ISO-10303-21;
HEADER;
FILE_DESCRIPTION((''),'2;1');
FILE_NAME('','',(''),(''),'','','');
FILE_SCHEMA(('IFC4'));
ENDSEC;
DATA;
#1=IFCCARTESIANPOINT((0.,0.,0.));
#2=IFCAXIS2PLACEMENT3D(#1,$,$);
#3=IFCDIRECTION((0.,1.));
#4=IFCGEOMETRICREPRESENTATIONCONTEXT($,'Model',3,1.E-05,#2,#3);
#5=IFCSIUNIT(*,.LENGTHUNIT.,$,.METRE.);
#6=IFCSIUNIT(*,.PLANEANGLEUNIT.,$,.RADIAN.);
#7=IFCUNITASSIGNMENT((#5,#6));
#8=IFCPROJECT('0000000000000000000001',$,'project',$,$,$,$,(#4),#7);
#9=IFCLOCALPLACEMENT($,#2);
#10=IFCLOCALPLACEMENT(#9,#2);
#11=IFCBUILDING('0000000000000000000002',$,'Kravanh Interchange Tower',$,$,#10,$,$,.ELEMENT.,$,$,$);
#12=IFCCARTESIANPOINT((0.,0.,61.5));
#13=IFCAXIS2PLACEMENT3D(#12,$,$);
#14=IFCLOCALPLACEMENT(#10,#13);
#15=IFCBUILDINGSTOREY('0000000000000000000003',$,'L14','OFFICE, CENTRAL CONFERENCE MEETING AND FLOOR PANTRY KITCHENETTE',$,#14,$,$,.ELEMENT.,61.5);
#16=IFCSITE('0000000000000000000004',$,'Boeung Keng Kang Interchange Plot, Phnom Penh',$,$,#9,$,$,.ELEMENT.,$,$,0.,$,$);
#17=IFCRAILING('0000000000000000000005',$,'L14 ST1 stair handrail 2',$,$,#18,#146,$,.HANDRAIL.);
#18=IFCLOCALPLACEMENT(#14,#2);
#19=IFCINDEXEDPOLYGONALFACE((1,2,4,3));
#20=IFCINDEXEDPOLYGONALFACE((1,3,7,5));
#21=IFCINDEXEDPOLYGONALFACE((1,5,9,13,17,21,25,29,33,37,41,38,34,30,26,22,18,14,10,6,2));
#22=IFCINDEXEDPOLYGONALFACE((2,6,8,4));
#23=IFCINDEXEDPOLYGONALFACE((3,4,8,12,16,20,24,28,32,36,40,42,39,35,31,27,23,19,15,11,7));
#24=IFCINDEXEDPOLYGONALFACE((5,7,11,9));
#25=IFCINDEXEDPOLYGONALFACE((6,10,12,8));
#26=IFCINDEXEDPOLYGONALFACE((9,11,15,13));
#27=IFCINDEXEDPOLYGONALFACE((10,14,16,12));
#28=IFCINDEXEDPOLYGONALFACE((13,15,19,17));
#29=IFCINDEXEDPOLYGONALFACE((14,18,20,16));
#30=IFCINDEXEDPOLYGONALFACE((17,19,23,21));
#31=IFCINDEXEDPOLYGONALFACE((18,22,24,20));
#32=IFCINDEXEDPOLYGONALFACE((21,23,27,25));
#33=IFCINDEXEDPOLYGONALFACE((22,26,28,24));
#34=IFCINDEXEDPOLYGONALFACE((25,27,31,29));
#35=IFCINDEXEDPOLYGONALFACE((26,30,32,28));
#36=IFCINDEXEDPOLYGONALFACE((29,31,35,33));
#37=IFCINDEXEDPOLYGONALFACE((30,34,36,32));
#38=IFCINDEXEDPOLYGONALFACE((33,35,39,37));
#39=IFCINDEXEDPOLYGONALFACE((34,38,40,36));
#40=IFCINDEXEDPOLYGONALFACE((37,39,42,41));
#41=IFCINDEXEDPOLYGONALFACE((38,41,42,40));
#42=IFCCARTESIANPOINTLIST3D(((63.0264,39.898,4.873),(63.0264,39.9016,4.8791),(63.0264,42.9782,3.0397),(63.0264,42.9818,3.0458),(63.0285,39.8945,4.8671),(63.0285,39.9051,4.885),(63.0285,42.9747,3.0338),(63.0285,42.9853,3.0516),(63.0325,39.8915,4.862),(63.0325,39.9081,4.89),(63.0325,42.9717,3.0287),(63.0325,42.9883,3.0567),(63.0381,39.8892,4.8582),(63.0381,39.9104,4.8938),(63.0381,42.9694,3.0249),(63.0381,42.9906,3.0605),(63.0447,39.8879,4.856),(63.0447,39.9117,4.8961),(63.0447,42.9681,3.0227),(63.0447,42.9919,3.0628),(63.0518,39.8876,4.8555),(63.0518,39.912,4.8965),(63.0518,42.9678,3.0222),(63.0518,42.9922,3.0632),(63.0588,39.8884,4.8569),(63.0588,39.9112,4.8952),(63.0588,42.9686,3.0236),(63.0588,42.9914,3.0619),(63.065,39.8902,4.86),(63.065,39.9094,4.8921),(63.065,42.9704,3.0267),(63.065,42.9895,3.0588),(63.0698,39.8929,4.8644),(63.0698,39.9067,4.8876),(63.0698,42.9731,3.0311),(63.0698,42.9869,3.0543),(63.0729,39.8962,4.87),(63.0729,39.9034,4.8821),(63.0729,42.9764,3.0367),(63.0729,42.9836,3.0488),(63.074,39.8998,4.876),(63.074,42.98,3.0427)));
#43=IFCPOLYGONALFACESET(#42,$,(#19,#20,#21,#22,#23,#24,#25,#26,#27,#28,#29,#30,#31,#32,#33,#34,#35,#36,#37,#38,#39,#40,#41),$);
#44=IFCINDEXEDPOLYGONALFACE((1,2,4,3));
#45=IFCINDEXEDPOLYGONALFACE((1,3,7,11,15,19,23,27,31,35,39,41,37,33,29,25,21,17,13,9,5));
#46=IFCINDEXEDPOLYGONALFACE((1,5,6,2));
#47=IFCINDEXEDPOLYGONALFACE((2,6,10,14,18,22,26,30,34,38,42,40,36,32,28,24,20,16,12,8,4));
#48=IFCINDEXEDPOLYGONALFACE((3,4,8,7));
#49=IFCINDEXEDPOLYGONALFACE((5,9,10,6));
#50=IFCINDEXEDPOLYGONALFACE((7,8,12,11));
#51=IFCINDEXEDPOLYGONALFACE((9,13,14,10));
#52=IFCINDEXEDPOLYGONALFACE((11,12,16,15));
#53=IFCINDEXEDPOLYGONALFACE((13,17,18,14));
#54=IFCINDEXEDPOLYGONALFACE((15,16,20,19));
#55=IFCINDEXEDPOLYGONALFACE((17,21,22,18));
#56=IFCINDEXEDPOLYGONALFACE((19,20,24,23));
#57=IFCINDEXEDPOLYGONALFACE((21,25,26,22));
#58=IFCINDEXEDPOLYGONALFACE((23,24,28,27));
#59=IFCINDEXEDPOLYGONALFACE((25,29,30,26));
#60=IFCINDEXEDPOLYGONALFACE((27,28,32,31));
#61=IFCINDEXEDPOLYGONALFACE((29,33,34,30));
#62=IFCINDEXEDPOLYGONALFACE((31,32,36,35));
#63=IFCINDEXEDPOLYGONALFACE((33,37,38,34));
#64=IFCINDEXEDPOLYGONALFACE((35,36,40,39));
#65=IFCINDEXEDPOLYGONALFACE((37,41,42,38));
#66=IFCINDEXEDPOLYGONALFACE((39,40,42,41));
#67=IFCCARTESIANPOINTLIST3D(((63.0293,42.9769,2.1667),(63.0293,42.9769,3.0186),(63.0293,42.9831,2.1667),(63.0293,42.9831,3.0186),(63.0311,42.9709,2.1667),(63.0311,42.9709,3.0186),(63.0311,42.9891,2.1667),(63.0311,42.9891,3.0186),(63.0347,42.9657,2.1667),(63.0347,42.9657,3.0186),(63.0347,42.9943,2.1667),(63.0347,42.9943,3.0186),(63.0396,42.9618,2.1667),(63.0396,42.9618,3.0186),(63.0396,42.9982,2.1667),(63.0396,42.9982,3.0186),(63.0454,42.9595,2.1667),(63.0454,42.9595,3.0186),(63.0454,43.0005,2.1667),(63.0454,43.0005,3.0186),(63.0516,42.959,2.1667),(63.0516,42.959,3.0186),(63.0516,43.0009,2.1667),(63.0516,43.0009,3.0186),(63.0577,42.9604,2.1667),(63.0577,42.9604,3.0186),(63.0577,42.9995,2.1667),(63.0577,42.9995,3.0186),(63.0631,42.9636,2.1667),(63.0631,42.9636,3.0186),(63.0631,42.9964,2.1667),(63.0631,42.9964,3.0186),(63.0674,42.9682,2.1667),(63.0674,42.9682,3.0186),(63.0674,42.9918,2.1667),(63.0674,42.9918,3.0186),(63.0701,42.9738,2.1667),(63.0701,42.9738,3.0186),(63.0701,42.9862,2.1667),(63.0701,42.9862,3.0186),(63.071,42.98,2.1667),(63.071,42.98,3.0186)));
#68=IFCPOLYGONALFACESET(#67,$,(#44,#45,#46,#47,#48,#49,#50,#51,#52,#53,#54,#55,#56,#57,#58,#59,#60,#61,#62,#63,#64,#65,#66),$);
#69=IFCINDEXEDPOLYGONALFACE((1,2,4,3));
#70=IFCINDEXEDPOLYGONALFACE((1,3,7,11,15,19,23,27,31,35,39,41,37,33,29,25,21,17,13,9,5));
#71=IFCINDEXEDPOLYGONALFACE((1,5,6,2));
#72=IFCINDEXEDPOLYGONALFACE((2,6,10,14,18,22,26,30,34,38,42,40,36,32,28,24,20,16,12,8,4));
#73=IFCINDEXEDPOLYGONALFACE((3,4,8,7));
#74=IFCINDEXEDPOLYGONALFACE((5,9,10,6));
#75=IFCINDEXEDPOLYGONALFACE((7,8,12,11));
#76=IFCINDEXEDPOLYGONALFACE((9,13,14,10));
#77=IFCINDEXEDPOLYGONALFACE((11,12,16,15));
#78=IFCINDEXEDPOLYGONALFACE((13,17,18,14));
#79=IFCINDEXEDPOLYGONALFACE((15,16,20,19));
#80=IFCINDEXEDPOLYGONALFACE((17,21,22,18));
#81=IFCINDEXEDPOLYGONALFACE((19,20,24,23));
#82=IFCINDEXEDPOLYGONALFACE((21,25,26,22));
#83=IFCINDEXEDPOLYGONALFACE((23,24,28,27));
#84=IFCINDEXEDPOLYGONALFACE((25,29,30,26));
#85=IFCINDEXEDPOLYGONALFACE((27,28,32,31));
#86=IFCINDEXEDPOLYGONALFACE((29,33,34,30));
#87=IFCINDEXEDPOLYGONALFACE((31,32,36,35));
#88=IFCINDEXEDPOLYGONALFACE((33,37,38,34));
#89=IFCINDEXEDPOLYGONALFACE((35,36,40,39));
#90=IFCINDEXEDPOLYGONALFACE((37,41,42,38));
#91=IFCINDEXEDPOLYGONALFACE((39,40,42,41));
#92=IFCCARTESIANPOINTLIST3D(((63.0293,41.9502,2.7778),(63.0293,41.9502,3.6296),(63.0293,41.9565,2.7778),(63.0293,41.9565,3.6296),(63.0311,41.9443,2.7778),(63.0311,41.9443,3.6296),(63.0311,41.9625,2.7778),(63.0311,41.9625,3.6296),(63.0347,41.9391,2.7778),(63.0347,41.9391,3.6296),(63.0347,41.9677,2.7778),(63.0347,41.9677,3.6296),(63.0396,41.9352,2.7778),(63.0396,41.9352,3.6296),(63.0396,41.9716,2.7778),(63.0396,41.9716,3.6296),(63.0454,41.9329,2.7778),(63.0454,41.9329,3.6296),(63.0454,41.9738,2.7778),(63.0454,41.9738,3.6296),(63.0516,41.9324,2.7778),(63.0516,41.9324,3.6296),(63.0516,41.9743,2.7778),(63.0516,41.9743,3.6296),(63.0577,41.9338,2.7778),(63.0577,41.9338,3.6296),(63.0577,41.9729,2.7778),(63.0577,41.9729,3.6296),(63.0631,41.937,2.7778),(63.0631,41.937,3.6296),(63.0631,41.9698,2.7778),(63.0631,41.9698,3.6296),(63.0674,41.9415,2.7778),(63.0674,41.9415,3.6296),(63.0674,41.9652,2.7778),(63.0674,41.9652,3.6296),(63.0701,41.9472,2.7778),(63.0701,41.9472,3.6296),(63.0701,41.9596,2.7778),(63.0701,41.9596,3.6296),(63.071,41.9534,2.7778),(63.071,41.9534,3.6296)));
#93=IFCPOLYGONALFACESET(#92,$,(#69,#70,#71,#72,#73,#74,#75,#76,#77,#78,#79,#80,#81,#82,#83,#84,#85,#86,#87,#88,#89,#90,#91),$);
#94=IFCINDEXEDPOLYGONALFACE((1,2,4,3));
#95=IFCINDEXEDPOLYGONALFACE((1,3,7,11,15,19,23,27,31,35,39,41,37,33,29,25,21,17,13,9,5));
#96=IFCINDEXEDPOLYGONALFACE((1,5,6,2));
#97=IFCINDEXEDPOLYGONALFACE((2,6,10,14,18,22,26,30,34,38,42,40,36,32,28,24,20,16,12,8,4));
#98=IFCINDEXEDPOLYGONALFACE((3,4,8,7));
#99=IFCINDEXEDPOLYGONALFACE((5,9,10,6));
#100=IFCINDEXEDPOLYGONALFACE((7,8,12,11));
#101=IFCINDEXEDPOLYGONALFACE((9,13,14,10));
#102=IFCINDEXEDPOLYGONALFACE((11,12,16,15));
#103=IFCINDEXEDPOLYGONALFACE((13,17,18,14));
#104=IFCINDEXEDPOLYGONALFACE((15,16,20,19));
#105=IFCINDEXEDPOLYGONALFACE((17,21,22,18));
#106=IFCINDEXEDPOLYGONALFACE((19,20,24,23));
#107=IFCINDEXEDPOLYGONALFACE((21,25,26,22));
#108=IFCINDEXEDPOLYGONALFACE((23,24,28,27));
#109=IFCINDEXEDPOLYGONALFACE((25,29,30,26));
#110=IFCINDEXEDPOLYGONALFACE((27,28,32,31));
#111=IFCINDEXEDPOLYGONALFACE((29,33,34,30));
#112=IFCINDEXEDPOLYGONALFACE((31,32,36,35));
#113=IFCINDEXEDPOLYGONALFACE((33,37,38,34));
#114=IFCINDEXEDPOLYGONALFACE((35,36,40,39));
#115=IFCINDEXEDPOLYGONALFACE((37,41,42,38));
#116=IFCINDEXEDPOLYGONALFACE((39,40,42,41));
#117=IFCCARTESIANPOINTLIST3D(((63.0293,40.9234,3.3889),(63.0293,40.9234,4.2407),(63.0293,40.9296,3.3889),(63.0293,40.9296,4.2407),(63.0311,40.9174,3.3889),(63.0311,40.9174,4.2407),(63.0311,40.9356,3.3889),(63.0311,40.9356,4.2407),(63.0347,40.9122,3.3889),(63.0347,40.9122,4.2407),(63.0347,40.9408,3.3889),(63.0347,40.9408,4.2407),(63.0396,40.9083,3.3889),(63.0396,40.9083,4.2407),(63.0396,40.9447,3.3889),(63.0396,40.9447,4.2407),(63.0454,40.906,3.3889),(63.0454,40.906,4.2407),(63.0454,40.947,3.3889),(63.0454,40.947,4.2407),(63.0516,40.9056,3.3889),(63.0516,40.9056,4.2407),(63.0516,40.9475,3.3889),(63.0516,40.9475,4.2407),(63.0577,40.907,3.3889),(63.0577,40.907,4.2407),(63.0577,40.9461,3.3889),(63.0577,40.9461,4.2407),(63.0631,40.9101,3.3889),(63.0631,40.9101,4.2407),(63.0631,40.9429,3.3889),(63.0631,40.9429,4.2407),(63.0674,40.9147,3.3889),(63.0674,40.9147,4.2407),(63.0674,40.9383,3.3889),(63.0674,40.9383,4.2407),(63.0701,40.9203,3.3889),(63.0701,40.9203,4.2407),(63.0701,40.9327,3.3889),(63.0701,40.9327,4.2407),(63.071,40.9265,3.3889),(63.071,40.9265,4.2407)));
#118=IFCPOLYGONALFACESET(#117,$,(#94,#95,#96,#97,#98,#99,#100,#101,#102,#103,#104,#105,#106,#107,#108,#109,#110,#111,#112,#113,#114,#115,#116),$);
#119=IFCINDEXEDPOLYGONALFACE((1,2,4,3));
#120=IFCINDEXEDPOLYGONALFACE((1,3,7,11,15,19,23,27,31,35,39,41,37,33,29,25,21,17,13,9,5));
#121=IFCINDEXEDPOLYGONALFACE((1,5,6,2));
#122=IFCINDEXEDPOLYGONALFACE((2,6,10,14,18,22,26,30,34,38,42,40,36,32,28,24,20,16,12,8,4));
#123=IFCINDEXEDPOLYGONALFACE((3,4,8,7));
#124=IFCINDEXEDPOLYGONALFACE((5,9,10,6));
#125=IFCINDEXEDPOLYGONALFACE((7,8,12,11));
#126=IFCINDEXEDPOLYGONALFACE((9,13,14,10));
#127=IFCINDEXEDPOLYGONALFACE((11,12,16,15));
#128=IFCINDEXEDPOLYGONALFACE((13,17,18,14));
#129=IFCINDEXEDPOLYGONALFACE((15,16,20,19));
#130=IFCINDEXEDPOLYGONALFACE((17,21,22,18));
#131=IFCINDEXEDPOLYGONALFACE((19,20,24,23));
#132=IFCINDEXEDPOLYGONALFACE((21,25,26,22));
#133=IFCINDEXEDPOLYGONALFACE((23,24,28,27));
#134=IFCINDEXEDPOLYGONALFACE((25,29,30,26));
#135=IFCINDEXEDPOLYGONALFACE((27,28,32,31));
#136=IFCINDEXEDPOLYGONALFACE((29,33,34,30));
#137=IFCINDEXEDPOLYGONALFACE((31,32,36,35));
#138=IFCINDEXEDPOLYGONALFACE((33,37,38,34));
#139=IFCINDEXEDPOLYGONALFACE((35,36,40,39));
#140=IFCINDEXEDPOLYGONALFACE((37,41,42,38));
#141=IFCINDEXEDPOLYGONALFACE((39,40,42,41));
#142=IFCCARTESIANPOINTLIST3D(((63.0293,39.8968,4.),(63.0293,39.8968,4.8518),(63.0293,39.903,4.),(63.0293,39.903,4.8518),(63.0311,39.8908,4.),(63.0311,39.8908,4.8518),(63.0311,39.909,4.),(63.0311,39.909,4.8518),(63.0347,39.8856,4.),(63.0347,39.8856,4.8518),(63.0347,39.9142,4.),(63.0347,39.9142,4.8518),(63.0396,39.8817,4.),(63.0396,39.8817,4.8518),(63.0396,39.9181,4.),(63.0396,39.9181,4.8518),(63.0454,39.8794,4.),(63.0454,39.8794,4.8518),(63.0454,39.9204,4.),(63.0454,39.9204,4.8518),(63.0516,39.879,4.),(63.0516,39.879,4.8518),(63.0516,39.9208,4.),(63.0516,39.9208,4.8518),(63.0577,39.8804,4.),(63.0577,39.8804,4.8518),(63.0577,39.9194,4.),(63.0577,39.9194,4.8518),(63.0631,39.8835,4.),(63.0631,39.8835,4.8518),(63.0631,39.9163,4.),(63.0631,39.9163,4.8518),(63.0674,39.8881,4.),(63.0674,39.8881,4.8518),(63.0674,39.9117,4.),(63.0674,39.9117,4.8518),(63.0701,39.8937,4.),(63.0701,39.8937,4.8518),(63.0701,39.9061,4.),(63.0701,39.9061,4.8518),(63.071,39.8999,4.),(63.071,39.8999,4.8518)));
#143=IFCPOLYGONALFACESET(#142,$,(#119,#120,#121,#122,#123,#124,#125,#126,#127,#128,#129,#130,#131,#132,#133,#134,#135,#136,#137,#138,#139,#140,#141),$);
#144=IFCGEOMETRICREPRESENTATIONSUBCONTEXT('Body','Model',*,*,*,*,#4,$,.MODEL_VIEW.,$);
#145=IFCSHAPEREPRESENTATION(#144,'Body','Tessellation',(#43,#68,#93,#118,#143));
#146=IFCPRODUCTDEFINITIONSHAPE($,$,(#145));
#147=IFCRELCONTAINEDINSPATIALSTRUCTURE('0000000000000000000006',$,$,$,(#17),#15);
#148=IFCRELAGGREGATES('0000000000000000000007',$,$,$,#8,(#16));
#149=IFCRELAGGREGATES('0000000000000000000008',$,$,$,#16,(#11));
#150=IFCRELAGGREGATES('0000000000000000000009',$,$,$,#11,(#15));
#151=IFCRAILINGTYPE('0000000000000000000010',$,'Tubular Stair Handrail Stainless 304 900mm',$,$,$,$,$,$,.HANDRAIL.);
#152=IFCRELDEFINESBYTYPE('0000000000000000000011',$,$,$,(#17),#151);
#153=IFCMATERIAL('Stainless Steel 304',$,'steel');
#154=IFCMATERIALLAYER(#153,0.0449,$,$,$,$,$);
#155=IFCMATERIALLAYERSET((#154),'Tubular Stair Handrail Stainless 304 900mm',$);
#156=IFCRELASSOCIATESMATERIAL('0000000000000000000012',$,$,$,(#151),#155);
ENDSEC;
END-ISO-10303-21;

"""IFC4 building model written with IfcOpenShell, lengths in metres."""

from ifc_helpers import new_model, si_unit, direction, frame, origin, origin_2d, place, context, subcontext, project, spatial, circle, extrude, material, layer, layer_set, type_object, element, save


model = new_model("IFC4")

# Units and contexts
model_context = context("Model", 3, precision=1e-05, world=origin(), true_north=direction((0.0, 1.0)))
body_context = subcontext(model_context, "Body", "Model", "MODEL_VIEW")
ifc_project = project(units=[si_unit("LENGTHUNIT", "METRE"), si_unit("PLANEANGLEUNIT", "RADIAN")], contexts=[model_context])

# Site, building, storey
site_placement = place(None, origin())
site = spatial("IfcSite", under=ifc_project, at=site_placement, Name="Boeung Keng Kang Interchange Plot, Phnom Penh", CompositionType="ELEMENT", RefElevation=0.0)
building_placement = place(site_placement, origin())
building = spatial("IfcBuilding", under=site, at=building_placement, Name="Kravanh Interchange Tower", CompositionType="ELEMENT")
storey_placement = place(building_placement, frame((0.0, 0.0, 61.5)))
storey = spatial("IfcBuildingStorey", under=building, at=storey_placement, Name="L14", Description="OFFICE, CENTRAL CONFERENCE MEETING AND FLOOR PANTRY KITCHENETTE", CompositionType="ELEMENT", Elevation=61.5)

# Railing
ifc_material_1 = material(Name="Stainless Steel 304", Category="steel")
ifc_layer_1 = layer(ifc_material_1, 0.0449)
ifc_layer_set_1 = layer_set([ifc_layer_1], Name="Tubular Stair Handrail Stainless 304 900mm")
railing_type_1 = type_object("IfcRailingType", Name="Tubular Stair Handrail Stainless 304 900mm", PredefinedType="HANDRAIL", material=ifc_layer_set_1)
railing_1_placement = place(storey_placement, frame((63.05, 42.98, 2.1667)))
element("IfcRailing", 1, at=railing_1_placement, inside=storey, type_object=railing_type_1, Name="L14 ST1 stair handrail 2", PredefinedType="HANDRAIL", context=body_context, shape_type="SweptSolid", body=[
    extrude(circle(Radius=0.0239, at=origin_2d()), frame((0.0, 0.0, 0.876), z_axis=(0.0, -0.859309, 0.511458), x_axis=(1.0, 0.0, 0.0)), (0.0, 0.0, 1.0), 3.5845),
    extrude(circle(Radius=0.021, at=origin_2d()), origin(), (0.0, 0.0, 1.0), 0.8518),
    extrude(circle(Radius=0.021, at=origin_2d()), frame((0.0, -1.0266, 0.6111)), (0.0, 0.0, 1.0), 0.8518),
    extrude(circle(Radius=0.021, at=origin_2d()), frame((0.0, -2.0535, 1.2222)), (0.0, 0.0, 1.0), 0.8518),
    extrude(circle(Radius=0.021, at=origin_2d()), frame((0.0, -3.0801, 1.8333)), (0.0, 0.0, 1.0), 0.8518),
])

save(model, "model.ifc")
